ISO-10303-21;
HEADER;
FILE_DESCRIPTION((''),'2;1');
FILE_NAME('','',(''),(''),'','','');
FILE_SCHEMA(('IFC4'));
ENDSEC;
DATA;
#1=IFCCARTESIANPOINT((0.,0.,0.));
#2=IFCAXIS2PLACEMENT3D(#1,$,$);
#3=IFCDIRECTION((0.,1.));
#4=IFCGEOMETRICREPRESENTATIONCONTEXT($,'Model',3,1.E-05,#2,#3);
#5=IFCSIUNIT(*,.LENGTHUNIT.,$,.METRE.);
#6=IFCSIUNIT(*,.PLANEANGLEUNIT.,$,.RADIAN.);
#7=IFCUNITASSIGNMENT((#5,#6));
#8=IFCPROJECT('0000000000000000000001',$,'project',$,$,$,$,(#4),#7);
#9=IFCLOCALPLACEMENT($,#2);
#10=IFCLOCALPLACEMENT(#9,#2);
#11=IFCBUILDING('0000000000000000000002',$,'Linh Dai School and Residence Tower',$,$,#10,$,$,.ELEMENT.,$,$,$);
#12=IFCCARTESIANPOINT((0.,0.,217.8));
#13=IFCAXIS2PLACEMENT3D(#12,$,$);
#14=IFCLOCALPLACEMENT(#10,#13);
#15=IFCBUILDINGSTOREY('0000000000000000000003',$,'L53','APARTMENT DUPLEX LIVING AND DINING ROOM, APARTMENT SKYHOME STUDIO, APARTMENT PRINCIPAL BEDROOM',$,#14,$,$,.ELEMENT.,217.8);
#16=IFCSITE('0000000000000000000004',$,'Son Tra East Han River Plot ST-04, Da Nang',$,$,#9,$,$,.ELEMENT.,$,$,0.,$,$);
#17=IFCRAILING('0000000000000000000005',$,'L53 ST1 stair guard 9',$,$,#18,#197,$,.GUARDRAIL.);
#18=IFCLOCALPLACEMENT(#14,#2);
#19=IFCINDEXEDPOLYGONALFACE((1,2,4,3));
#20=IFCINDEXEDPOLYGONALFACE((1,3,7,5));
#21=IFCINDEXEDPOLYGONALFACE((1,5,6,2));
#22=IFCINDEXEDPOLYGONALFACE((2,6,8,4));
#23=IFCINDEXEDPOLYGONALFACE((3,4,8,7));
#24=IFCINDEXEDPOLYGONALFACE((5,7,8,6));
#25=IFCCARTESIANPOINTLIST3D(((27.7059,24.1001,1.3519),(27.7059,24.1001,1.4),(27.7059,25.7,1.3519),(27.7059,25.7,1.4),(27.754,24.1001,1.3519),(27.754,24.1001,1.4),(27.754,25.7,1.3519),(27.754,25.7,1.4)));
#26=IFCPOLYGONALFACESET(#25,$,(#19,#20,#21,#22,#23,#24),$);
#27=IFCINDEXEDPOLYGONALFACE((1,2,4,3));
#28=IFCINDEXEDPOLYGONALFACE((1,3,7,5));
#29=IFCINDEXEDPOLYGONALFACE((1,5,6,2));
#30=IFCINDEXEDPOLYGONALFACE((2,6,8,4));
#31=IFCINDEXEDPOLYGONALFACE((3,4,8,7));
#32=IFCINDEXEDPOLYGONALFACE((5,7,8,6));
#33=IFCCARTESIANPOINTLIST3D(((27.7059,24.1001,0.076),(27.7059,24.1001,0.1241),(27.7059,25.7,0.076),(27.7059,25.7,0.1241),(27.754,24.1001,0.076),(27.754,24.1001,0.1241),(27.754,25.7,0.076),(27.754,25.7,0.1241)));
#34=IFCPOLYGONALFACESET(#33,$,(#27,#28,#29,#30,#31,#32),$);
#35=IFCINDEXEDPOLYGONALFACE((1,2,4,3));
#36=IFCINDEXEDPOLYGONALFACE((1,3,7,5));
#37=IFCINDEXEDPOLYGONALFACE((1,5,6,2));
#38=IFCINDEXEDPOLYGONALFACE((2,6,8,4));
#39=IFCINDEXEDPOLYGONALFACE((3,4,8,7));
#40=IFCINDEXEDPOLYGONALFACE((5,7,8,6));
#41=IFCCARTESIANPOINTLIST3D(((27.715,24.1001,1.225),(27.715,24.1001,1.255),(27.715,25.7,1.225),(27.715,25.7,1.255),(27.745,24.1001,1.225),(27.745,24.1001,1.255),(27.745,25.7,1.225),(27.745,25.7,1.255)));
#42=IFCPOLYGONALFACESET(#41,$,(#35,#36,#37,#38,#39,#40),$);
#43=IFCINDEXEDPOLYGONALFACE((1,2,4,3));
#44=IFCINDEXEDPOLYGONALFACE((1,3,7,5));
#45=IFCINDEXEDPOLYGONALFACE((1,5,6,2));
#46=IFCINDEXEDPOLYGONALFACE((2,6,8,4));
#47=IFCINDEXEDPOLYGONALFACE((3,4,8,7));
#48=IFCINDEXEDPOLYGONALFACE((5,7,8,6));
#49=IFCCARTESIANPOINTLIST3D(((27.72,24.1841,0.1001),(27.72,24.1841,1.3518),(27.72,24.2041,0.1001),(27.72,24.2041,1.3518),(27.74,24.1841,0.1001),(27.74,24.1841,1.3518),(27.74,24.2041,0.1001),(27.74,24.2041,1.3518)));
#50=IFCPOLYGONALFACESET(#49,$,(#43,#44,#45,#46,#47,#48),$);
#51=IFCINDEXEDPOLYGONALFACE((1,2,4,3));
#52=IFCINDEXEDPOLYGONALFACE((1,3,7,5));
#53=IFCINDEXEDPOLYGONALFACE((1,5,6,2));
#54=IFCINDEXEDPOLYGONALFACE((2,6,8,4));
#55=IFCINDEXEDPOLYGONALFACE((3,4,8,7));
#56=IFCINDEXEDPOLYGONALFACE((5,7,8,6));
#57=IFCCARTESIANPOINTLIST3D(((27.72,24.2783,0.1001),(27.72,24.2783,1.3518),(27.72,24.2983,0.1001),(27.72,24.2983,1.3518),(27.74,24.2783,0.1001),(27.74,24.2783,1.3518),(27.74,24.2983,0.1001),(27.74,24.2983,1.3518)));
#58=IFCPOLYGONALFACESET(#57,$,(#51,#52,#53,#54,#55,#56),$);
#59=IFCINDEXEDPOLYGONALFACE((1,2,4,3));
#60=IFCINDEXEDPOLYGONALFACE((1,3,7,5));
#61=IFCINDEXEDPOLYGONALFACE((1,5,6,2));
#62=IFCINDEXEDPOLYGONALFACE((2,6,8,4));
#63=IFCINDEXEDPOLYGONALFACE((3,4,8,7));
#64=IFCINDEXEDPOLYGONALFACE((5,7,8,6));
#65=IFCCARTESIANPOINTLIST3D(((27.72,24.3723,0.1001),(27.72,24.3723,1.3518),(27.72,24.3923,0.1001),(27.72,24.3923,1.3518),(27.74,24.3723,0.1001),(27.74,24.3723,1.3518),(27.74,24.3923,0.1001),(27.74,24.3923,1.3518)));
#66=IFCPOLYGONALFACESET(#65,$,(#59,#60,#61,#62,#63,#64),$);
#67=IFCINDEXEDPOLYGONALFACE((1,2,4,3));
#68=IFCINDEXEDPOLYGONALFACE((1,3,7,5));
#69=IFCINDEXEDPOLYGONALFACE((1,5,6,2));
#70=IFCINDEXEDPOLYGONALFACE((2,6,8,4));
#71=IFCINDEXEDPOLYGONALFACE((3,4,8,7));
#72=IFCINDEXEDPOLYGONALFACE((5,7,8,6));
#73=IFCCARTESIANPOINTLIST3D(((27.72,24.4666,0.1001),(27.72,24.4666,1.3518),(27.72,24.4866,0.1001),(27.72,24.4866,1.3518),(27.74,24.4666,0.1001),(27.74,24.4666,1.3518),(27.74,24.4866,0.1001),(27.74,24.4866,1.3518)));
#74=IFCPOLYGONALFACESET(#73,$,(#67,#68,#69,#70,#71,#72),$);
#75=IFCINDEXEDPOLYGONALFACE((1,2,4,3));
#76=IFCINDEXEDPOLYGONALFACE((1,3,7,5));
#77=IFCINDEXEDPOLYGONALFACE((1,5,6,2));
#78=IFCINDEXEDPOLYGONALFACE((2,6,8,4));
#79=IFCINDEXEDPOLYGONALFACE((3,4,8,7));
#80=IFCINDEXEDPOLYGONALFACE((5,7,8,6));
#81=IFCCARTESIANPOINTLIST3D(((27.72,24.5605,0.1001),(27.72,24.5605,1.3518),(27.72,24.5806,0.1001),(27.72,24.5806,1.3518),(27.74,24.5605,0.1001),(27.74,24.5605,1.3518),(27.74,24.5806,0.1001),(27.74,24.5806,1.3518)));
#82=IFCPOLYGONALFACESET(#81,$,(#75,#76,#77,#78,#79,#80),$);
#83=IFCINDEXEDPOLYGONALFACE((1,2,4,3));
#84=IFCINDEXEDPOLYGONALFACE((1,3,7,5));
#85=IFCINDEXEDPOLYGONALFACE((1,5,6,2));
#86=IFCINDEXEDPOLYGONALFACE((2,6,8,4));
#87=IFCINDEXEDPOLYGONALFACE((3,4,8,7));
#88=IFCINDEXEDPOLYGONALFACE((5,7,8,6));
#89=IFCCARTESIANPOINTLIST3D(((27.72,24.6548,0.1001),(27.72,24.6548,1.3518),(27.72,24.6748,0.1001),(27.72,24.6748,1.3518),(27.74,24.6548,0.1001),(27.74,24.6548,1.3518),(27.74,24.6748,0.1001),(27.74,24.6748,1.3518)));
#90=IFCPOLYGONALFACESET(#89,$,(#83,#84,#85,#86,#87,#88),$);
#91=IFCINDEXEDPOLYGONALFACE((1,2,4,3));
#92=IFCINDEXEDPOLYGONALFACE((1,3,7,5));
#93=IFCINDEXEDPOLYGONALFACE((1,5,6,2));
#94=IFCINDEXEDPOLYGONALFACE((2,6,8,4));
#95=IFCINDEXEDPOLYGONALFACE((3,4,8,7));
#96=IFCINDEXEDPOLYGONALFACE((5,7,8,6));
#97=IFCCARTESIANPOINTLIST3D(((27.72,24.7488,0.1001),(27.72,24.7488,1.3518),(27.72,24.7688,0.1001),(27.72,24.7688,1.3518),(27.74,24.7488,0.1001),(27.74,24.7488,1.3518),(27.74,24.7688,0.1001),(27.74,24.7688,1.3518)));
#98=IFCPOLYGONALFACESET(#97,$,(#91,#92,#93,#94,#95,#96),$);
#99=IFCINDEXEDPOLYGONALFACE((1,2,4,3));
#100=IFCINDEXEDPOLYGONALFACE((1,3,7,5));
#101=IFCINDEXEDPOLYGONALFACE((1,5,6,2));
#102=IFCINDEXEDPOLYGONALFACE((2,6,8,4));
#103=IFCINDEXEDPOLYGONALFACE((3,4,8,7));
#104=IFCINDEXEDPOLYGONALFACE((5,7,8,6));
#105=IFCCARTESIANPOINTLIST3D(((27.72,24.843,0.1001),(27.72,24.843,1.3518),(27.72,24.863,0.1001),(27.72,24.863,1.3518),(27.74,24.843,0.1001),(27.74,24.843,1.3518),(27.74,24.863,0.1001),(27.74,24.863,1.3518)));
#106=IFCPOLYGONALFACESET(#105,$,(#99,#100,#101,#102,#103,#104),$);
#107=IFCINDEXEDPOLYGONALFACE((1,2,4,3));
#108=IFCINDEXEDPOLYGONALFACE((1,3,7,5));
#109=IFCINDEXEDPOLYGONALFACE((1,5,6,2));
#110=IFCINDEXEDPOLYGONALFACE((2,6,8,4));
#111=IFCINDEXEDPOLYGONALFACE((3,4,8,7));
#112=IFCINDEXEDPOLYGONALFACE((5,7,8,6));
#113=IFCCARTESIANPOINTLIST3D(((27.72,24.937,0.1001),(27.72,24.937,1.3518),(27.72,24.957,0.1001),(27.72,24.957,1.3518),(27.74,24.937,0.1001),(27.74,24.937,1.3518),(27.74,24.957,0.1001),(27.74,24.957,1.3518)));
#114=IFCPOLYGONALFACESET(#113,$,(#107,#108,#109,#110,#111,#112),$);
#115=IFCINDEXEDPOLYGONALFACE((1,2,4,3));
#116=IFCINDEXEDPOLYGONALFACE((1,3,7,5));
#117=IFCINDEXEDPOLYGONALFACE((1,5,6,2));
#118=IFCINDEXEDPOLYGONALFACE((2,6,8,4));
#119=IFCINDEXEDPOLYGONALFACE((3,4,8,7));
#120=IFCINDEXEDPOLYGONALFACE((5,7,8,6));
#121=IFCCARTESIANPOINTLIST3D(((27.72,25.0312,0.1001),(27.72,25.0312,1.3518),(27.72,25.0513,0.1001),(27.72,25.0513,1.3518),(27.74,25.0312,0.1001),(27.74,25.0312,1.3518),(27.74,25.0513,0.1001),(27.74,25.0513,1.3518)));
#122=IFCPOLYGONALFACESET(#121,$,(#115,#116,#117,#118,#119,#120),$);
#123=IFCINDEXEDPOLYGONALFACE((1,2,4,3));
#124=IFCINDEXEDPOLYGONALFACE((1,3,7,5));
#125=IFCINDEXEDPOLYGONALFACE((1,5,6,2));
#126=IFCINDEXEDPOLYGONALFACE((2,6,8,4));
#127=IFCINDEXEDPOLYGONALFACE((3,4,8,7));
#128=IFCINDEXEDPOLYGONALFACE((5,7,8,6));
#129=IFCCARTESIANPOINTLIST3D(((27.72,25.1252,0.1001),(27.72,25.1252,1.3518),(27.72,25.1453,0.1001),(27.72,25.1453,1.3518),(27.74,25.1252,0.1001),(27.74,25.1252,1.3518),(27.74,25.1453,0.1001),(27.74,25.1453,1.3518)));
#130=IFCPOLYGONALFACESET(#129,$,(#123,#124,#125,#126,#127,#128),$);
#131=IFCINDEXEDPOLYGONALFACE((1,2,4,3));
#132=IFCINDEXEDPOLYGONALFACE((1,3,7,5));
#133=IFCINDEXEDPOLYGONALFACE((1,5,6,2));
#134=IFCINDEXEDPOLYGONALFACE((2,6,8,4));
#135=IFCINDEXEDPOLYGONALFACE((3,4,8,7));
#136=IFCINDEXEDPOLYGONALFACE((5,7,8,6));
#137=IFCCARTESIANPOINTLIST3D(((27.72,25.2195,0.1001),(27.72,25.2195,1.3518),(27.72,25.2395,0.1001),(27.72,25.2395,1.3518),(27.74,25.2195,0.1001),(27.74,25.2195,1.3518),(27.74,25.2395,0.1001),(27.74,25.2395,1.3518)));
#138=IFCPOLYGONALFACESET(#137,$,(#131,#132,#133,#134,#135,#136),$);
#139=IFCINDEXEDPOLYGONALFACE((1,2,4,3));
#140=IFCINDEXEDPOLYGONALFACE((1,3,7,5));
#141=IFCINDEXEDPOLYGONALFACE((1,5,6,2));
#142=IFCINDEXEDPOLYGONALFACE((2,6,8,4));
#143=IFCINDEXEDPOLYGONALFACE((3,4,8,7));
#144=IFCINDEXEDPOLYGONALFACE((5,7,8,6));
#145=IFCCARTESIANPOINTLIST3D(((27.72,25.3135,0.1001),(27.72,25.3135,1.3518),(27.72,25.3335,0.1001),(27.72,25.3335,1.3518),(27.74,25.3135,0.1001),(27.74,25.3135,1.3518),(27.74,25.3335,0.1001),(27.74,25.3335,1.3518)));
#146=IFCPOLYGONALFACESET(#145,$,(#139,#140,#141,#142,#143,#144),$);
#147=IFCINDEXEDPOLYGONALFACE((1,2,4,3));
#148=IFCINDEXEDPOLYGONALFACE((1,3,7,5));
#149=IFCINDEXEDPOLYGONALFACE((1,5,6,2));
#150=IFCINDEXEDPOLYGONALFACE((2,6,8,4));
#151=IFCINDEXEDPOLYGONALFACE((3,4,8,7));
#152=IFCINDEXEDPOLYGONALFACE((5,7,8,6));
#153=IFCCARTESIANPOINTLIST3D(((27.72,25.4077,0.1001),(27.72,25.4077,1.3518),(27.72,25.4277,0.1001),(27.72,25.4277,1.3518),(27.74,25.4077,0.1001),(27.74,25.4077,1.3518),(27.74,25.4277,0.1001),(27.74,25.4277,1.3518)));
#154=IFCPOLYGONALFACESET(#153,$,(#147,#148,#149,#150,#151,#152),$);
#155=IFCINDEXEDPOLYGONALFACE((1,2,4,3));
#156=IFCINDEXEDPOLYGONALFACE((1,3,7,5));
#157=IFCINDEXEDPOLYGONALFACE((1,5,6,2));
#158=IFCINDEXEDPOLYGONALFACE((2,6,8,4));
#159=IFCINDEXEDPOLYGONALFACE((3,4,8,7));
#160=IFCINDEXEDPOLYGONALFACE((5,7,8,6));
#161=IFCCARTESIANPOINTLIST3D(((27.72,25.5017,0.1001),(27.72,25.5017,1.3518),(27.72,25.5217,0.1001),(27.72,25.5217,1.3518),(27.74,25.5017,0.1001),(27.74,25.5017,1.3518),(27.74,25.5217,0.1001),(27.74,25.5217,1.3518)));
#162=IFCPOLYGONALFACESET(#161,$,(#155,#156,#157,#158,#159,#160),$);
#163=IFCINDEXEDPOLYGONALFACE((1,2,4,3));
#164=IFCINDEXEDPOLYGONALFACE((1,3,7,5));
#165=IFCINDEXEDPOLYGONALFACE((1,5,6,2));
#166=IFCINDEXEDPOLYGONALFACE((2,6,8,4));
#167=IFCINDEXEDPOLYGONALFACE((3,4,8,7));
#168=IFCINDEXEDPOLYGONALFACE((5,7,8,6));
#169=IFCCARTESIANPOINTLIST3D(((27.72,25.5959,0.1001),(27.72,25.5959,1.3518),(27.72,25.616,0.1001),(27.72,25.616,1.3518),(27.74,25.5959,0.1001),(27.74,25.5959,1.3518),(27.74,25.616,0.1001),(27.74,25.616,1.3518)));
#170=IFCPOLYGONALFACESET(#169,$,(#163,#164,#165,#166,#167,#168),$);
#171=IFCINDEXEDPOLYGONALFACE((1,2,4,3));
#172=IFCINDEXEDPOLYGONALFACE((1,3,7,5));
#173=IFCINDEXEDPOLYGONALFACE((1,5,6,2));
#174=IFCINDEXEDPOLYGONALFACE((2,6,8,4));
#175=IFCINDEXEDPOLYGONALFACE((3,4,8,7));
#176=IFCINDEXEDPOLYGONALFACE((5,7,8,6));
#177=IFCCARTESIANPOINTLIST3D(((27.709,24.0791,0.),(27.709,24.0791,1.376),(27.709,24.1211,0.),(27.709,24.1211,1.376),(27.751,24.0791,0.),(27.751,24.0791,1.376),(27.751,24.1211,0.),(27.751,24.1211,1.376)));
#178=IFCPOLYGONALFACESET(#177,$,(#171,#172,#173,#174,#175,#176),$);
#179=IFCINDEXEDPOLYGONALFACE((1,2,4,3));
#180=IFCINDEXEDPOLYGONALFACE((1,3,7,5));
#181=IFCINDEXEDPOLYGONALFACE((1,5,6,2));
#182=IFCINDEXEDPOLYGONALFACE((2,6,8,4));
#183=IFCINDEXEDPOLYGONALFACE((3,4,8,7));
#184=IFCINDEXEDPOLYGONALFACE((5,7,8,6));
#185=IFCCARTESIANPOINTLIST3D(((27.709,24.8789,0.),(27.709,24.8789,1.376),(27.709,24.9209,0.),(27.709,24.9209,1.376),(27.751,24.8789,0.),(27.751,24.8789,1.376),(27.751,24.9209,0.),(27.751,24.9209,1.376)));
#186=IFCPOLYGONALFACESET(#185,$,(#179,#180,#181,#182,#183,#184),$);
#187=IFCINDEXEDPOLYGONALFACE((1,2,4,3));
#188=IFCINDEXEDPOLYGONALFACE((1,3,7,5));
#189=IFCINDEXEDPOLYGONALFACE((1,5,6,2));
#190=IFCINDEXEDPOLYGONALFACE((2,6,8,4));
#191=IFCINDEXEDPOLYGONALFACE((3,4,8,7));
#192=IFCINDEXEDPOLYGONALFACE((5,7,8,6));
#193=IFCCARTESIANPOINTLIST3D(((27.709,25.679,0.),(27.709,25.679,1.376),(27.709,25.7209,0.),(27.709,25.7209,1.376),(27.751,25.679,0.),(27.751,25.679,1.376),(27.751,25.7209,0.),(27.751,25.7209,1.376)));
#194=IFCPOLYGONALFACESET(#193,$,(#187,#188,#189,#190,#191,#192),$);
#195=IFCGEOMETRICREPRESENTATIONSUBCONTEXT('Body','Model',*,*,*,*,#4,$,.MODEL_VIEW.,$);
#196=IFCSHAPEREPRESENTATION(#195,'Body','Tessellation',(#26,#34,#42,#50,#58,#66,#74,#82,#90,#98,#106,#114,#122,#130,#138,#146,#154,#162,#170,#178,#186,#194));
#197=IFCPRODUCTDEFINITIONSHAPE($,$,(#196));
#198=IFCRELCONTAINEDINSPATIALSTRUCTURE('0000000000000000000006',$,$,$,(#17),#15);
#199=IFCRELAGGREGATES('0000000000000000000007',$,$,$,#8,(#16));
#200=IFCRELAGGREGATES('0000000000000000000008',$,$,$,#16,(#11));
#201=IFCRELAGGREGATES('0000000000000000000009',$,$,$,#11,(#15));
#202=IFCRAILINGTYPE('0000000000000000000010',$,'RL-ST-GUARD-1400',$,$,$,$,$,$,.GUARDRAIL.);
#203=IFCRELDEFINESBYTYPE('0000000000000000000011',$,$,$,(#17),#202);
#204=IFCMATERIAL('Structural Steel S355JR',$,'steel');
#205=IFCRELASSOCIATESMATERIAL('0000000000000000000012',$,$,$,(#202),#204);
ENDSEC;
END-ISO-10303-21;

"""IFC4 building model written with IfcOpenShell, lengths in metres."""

from ifc_helpers import new_model, si_unit, direction, frame, origin, origin_2d, place, context, subcontext, project, spatial, rectangle, extrude, source, transform, mapped, material, type_object, element, save


model = new_model("IFC4")

# Units and contexts
model_context = context("Model", 3, precision=1e-05, world=origin(), true_north=direction((0.0, 1.0)))
body_context = subcontext(model_context, "Body", "Model", "MODEL_VIEW")
ifc_project = project(units=[si_unit("LENGTHUNIT", "METRE"), si_unit("PLANEANGLEUNIT", "RADIAN")], contexts=[model_context])

# Site, building, storey
site_placement = place(None, origin())
site = spatial("IfcSite", under=ifc_project, at=site_placement, Name="Son Tra East Han River Plot ST-04, Da Nang", CompositionType="ELEMENT", RefElevation=0.0)
building_placement = place(site_placement, origin())
building = spatial("IfcBuilding", under=site, at=building_placement, Name="Linh Dai School and Residence Tower", CompositionType="ELEMENT")
storey_placement = place(building_placement, frame((0.0, 0.0, 217.8)))
storey = spatial("IfcBuildingStorey", under=building, at=storey_placement, Name="L53", Description="APARTMENT DUPLEX LIVING AND DINING ROOM, APARTMENT SKYHOME STUDIO, APARTMENT PRINCIPAL BEDROOM", CompositionType="ELEMENT", Elevation=217.8)

# Shared definitions
ifc_material_1 = material(Name="Structural Steel S355JR", Category="steel")

# Railing
railing_type = type_object("IfcRailingType", Name="RL-ST-GUARD-1400", PredefinedType="GUARDRAIL", material=ifc_material_1)
shared_shape_1 = source(origin(), body_context, "Body", "SweptSolid", [
    extrude(rectangle(XDim=0.0481, YDim=0.0481, at=origin_2d()), frame((0.0, 0.0, 1.376), z_axis=(0.0, 1.0, 0.0), x_axis=(-1.0, 0.0, 0.0)), (0.0, 0.0, 1.0), 1.5999),
    extrude(rectangle(XDim=0.0481, YDim=0.0481, at=origin_2d()), frame((0.0, 0.0, 0.1001), z_axis=(0.0, 1.0, 0.0), x_axis=(-1.0, 0.0, 0.0)), (0.0, 0.0, 1.0), 1.5999),
    extrude(rectangle(XDim=0.03, YDim=0.03, at=origin_2d()), frame((0.0, 0.0, 1.24), z_axis=(0.0, 1.0, 0.0), x_axis=(-1.0, 0.0, 0.0)), (0.0, 0.0, 1.0), 1.5999),
    extrude(rectangle(XDim=0.02, YDim=0.02, at=origin_2d()), frame((0.0, 0.094, 0.1001)), (0.0, 0.0, 1.0), 1.2517),
    extrude(rectangle(XDim=0.02, YDim=0.02, at=origin_2d()), frame((0.0, 0.1882, 0.1001)), (0.0, 0.0, 1.0), 1.2517),
    extrude(rectangle(XDim=0.02, YDim=0.02, at=origin_2d()), frame((0.0, 0.2822, 0.1001)), (0.0, 0.0, 1.0), 1.2517),
    extrude(rectangle(XDim=0.02, YDim=0.02, at=origin_2d()), frame((0.0, 0.3765, 0.1001)), (0.0, 0.0, 1.0), 1.2517),
    extrude(rectangle(XDim=0.02, YDim=0.02, at=origin_2d()), frame((0.0, 0.4705, 0.1001)), (0.0, 0.0, 1.0), 1.2517),
    extrude(rectangle(XDim=0.02, YDim=0.02, at=origin_2d()), frame((0.0, 0.5647, 0.1001)), (0.0, 0.0, 1.0), 1.2517),
    extrude(rectangle(XDim=0.02, YDim=0.02, at=origin_2d()), frame((0.0, 0.6587, 0.1001)), (0.0, 0.0, 1.0), 1.2517),
    extrude(rectangle(XDim=0.02, YDim=0.02, at=origin_2d()), frame((0.0, 0.7529, 0.1001)), (0.0, 0.0, 1.0), 1.2517),
    extrude(rectangle(XDim=0.02, YDim=0.02, at=origin_2d()), frame((0.0, 0.8469, 0.1001)), (0.0, 0.0, 1.0), 1.2517),
    extrude(rectangle(XDim=0.02, YDim=0.02, at=origin_2d()), frame((0.0, 0.9412, 0.1001)), (0.0, 0.0, 1.0), 1.2517),
    extrude(rectangle(XDim=0.02, YDim=0.02, at=origin_2d()), frame((0.0, 1.0352, 0.1001)), (0.0, 0.0, 1.0), 1.2517),
    extrude(rectangle(XDim=0.02, YDim=0.02, at=origin_2d()), frame((0.0, 1.1294, 0.1001)), (0.0, 0.0, 1.0), 1.2517),
    extrude(rectangle(XDim=0.02, YDim=0.02, at=origin_2d()), frame((0.0, 1.2234, 0.1001)), (0.0, 0.0, 1.0), 1.2517),
    extrude(rectangle(XDim=0.02, YDim=0.02, at=origin_2d()), frame((0.0, 1.3176, 0.1001)), (0.0, 0.0, 1.0), 1.2517),
    extrude(rectangle(XDim=0.02, YDim=0.02, at=origin_2d()), frame((0.0, 1.4116, 0.1001)), (0.0, 0.0, 1.0), 1.2517),
    extrude(rectangle(XDim=0.02, YDim=0.02, at=origin_2d()), frame((0.0, 1.5059, 0.1001)), (0.0, 0.0, 1.0), 1.2517),
    extrude(rectangle(XDim=0.042, YDim=0.042, at=origin_2d()), origin(), (0.0, 0.0, 1.0), 1.376),
    extrude(rectangle(XDim=0.042, YDim=0.042, at=origin_2d()), frame((0.0, 0.7998, 0.0)), (0.0, 0.0, 1.0), 1.376),
    extrude(rectangle(XDim=0.042, YDim=0.042, at=origin_2d()), frame((0.0, 1.5999, 0.0)), (0.0, 0.0, 1.0), 1.376),
])
for number, where, name in (
    (1, (27.73, 24.1001, 0.0), "L53 ST1 stair guard 9"),
):
    element("IfcRailing", number, at=place(storey_placement, frame(where)), inside=storey, type_object=railing_type, Name=name, PredefinedType="GUARDRAIL", context=body_context, shape_type="MappedRepresentation", body=[
        mapped(shared_shape_1, transform((0.0, 0.0, 0.0), x_axis=(1.0, 0.0, 0.0), y_axis=(0.0, 1.0, 0.0), z_axis=(0.0, 0.0, 1.0), scale=1.0)),
    ])

save(model, "model.ifc")
